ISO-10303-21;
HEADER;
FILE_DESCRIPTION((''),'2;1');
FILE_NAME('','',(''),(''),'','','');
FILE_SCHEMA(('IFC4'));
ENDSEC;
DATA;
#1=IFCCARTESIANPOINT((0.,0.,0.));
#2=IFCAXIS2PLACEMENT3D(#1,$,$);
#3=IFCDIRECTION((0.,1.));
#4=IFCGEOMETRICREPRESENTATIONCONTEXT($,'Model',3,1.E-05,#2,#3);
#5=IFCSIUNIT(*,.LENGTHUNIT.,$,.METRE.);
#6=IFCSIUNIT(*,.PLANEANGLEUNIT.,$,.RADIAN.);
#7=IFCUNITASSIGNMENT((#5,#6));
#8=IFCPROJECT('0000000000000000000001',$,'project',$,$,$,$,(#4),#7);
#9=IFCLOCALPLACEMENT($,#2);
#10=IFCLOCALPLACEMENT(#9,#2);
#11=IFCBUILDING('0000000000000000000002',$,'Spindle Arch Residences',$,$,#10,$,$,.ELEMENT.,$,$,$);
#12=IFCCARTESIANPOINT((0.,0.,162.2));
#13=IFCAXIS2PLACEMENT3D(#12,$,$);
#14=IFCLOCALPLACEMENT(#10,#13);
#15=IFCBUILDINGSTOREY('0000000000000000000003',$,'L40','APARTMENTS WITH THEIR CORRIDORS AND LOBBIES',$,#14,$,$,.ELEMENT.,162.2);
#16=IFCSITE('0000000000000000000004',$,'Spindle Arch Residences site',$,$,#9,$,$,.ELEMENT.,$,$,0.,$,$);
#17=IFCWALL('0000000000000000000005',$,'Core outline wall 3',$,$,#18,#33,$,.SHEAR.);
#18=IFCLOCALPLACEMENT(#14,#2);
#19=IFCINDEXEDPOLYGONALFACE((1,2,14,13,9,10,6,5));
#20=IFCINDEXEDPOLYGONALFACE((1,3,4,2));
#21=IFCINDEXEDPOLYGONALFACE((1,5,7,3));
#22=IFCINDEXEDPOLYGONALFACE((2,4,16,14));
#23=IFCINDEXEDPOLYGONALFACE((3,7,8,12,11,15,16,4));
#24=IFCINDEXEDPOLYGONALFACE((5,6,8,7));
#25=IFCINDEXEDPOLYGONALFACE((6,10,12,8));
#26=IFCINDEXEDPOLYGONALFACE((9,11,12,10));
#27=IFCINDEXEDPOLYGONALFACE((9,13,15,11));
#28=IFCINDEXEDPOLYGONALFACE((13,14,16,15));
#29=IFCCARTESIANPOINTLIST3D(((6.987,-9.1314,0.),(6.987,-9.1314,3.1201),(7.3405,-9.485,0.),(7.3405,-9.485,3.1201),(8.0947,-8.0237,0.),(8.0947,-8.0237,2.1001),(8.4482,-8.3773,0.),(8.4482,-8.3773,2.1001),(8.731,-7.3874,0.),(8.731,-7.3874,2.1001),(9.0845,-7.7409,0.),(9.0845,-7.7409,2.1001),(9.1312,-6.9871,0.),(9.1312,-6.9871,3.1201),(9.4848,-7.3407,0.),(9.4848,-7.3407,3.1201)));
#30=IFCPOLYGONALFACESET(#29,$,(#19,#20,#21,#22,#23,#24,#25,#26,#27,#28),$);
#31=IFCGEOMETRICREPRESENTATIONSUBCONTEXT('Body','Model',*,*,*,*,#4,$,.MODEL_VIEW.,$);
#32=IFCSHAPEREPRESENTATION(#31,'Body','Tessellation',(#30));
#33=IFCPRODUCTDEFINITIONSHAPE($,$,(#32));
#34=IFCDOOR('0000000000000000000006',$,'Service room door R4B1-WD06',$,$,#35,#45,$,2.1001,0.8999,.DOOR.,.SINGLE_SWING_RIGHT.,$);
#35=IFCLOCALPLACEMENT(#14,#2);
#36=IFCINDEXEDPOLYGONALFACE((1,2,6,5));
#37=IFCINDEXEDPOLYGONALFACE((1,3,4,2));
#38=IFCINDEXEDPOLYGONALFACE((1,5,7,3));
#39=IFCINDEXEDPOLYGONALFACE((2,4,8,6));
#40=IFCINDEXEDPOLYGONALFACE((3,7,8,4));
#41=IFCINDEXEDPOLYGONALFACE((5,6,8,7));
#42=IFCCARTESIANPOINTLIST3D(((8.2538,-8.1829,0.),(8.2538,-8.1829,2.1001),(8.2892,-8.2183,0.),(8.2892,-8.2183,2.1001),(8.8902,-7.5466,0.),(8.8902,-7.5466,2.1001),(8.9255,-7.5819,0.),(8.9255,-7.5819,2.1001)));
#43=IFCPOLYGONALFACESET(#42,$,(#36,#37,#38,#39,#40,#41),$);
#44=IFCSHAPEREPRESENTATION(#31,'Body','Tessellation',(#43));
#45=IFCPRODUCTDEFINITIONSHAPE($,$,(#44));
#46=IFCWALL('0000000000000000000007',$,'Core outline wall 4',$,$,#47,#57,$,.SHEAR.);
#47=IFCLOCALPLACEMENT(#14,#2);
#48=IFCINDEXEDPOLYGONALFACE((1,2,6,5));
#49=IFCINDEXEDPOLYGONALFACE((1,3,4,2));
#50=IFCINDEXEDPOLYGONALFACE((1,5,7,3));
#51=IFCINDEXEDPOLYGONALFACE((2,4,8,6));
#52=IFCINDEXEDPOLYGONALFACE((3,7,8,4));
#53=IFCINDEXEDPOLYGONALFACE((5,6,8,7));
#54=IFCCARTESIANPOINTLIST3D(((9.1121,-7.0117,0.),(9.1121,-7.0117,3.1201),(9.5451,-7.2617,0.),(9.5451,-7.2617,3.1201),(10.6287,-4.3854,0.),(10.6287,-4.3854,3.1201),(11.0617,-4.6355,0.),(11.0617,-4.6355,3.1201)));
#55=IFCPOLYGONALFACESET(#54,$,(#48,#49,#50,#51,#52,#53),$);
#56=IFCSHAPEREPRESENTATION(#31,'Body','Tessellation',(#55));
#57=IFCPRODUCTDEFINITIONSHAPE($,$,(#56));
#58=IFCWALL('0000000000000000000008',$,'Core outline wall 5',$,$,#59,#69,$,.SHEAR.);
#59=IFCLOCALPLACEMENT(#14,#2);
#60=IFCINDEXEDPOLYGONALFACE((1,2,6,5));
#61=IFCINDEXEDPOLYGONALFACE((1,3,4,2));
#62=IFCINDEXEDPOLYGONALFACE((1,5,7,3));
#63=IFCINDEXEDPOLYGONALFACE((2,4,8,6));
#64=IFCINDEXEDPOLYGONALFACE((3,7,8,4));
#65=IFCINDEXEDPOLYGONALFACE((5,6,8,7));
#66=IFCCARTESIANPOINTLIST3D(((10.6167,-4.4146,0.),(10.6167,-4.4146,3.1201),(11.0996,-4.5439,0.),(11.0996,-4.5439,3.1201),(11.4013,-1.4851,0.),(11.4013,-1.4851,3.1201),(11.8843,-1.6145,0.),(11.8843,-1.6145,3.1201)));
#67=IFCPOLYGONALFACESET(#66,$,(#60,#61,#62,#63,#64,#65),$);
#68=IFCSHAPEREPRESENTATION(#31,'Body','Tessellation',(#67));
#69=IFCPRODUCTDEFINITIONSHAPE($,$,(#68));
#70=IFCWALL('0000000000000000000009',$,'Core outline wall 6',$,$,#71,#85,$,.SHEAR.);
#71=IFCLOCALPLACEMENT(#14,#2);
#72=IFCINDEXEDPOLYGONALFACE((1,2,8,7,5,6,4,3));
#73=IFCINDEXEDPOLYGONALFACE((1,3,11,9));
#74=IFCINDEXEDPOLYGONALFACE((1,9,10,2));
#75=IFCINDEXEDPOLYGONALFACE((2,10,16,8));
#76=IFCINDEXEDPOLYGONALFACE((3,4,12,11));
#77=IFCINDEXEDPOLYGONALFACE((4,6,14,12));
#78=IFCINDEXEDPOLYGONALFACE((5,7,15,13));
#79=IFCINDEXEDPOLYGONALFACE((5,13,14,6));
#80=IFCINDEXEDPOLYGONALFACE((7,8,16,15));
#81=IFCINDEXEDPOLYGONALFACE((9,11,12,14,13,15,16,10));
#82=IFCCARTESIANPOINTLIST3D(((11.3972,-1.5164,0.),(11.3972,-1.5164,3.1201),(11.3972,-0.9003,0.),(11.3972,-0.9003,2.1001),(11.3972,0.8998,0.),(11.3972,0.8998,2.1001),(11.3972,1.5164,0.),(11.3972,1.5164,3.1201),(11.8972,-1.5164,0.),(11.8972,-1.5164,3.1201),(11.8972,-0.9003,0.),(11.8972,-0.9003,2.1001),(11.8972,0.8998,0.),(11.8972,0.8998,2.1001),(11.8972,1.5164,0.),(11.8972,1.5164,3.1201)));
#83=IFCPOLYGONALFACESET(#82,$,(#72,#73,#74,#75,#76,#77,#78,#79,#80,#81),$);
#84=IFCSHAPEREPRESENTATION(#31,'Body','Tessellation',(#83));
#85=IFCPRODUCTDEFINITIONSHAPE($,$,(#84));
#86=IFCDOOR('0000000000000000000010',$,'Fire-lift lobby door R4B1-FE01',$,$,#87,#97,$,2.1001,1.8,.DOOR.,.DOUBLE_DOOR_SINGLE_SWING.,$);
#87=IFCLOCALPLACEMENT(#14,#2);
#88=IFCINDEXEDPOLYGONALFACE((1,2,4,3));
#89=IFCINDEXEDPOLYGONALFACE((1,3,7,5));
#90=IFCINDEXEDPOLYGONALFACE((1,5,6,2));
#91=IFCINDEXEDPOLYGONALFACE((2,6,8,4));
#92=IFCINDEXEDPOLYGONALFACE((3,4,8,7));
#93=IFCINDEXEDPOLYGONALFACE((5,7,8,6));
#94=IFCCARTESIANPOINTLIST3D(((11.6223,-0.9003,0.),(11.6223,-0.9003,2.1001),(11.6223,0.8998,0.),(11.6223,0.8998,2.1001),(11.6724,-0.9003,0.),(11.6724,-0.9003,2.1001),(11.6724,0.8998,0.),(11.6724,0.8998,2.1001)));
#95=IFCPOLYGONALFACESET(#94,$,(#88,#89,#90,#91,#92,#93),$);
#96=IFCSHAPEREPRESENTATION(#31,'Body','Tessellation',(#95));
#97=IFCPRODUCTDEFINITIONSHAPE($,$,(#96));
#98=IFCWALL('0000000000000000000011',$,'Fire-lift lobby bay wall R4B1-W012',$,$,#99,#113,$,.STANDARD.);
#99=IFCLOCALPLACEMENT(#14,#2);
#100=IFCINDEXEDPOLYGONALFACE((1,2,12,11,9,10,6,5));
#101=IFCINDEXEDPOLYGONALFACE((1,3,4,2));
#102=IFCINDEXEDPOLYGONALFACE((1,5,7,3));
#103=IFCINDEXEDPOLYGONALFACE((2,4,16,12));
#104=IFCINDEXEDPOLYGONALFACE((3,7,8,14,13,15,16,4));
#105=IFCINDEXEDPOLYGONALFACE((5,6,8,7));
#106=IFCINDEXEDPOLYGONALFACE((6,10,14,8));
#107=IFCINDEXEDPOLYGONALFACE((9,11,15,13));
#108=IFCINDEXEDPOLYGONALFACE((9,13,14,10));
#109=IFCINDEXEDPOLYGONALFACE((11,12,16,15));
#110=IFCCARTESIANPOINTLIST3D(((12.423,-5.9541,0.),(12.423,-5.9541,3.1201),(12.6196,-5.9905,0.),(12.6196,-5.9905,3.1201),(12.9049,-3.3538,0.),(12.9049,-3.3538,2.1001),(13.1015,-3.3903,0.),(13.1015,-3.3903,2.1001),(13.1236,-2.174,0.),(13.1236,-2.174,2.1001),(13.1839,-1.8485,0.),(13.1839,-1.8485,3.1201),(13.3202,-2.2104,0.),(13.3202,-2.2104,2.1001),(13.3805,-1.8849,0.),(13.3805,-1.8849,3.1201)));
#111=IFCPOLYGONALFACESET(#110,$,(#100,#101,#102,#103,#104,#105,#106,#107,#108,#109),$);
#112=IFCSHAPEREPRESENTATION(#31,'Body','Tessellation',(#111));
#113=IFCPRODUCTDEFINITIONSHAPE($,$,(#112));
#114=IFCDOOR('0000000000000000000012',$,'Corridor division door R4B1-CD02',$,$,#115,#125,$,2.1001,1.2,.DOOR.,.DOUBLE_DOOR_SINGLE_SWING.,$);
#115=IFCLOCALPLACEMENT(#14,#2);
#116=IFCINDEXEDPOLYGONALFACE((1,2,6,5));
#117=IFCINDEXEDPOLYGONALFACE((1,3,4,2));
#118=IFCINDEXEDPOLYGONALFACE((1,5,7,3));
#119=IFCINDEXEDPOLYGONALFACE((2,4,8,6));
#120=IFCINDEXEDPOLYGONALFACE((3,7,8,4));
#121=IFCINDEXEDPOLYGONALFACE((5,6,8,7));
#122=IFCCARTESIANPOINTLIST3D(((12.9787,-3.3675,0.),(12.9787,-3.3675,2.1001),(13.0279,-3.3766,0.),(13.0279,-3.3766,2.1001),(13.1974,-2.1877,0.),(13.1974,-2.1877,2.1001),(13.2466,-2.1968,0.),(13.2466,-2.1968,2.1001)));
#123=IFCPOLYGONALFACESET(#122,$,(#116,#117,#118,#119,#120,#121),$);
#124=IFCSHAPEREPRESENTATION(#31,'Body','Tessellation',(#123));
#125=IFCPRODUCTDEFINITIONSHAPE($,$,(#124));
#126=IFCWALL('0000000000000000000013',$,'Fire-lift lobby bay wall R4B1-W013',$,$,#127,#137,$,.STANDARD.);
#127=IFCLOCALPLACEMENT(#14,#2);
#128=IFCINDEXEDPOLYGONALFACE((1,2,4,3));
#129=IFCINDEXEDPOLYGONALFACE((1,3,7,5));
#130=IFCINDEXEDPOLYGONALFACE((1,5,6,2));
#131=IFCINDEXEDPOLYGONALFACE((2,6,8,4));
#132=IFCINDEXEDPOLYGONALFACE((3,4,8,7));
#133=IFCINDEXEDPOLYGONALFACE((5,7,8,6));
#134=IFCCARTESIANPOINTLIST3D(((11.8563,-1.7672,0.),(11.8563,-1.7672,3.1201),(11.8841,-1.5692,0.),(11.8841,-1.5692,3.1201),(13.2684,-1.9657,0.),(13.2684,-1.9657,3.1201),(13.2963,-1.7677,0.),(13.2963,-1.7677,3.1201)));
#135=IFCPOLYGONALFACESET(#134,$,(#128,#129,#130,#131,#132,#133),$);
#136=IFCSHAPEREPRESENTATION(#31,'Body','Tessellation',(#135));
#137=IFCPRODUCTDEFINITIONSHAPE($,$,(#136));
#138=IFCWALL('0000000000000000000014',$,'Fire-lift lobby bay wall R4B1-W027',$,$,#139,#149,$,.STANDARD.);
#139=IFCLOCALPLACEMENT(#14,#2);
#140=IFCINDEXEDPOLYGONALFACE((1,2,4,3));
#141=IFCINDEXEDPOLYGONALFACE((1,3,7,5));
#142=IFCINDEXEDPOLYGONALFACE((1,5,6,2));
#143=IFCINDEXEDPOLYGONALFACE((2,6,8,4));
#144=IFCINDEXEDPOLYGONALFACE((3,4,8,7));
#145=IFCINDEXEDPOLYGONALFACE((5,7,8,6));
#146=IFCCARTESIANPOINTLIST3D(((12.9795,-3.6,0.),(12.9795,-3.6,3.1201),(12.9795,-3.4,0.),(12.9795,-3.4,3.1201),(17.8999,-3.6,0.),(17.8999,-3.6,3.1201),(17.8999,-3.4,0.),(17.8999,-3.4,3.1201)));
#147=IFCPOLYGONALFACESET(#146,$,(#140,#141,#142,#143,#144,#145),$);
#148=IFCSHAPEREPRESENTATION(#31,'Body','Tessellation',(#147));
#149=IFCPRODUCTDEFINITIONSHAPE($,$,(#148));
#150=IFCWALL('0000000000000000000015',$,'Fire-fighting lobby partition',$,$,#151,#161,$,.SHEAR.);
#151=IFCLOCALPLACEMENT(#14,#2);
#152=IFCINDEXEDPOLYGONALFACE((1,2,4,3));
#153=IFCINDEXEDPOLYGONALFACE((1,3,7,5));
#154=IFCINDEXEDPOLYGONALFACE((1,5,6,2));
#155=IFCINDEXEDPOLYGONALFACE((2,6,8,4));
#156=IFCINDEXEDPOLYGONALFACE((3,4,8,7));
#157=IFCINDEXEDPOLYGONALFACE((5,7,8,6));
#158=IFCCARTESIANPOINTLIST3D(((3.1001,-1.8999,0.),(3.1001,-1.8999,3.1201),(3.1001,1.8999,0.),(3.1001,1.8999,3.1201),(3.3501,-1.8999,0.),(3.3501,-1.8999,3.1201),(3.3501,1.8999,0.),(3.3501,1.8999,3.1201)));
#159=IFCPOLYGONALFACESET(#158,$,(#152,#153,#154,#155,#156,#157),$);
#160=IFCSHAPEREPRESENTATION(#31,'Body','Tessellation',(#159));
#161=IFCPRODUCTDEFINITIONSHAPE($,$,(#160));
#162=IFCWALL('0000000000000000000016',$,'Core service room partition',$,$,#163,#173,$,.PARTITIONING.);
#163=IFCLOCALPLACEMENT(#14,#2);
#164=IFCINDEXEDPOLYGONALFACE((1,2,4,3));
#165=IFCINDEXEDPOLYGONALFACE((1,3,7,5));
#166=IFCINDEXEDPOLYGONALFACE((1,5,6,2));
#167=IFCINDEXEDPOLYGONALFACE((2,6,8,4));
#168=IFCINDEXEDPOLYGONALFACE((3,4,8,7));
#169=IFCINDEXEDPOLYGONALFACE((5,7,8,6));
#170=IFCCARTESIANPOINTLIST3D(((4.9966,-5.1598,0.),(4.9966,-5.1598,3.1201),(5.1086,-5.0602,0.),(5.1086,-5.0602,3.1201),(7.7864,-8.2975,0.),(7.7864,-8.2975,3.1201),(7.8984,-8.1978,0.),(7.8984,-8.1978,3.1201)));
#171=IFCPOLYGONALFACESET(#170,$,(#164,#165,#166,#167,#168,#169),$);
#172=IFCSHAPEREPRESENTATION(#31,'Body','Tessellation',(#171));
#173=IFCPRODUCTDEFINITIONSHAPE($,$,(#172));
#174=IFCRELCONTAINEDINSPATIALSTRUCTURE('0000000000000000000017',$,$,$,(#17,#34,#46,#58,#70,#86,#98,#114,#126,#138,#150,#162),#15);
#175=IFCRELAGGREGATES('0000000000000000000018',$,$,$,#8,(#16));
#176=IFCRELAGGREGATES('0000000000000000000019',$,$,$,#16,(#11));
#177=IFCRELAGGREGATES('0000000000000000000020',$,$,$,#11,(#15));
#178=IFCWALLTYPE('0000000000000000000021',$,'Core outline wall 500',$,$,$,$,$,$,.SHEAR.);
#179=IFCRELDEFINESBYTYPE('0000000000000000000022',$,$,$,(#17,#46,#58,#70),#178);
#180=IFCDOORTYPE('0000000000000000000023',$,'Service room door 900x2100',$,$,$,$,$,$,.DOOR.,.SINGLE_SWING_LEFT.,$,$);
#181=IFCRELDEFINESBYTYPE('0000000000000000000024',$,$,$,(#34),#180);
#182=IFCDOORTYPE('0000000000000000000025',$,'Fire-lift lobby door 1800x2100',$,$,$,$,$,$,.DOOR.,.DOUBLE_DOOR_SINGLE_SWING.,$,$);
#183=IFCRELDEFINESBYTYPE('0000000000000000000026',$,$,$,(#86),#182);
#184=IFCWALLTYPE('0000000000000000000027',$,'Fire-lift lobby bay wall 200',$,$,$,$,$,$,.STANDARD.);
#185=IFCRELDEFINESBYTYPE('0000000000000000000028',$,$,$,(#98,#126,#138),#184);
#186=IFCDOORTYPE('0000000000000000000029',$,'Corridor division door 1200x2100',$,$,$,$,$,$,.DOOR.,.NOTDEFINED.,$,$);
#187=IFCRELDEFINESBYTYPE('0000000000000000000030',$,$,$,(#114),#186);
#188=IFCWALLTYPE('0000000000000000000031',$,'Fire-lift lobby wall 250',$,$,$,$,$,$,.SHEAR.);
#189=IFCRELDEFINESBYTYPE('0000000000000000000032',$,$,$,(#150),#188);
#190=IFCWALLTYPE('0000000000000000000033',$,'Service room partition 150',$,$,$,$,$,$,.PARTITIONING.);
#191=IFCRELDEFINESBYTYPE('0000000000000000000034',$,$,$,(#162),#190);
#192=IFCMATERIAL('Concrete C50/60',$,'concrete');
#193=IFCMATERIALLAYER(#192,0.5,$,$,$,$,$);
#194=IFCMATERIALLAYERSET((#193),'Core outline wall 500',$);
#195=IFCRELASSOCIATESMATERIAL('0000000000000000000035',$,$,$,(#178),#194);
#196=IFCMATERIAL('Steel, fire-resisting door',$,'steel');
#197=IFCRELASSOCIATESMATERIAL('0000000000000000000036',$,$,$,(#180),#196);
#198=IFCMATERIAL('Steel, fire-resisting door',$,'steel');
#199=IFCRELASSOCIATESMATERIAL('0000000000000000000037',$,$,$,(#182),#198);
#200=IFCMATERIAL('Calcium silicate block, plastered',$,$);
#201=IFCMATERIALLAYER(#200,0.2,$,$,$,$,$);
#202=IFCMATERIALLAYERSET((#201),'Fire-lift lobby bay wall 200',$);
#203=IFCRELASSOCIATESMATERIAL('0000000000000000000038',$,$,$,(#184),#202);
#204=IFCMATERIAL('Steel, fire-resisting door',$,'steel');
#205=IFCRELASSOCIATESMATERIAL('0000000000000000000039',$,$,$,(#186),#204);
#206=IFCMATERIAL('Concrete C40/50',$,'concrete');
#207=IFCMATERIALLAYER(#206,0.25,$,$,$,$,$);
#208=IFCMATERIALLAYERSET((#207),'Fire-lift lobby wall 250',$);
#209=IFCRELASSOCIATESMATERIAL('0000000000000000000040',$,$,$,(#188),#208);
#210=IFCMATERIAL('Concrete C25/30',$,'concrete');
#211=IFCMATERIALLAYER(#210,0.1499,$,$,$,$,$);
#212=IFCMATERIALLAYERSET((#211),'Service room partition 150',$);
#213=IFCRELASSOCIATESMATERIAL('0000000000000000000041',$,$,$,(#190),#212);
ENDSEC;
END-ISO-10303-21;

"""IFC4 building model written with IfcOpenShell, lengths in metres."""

from ifc_helpers import new_model, si_unit, direction, frame, frame_2d, origin, place, context, subcontext, project, spatial, rectangle, extrude, material, layer, layer_set, type_object, element, fill, save


model = new_model("IFC4")

# Units and contexts
model_context = context("Model", 3, precision=1e-05, world=origin(), true_north=direction((0.0, 1.0)))
body_context = subcontext(model_context, "Body", "Model", "MODEL_VIEW")
ifc_project = project(units=[si_unit("LENGTHUNIT", "METRE"), si_unit("PLANEANGLEUNIT", "RADIAN")], contexts=[model_context])

# Site, building, storey
site_placement = place(None, origin())
site = spatial("IfcSite", under=ifc_project, at=site_placement, Name="Spindle Arch Residences site", CompositionType="ELEMENT", RefElevation=0.0)
building_placement = place(site_placement, origin())
building = spatial("IfcBuilding", under=site, at=building_placement, Name="Spindle Arch Residences", CompositionType="ELEMENT")
storey_placement = place(building_placement, frame((0.0, 0.0, 162.2)))
storey = spatial("IfcBuildingStorey", under=building, at=storey_placement, Name="L40", Description="APARTMENTS WITH THEIR CORRIDORS AND LOBBIES", CompositionType="ELEMENT", Elevation=162.2)

# Wall, opening, door
ifc_material_1 = material(Name="Concrete C50/60", Category="concrete")
ifc_layer_1 = layer(ifc_material_1, 0.5)
ifc_layer_set_1 = layer_set([ifc_layer_1], Name="Core outline wall 500")
wall_type_1 = type_object("IfcWallType", Name="Core outline wall 500", PredefinedType="SHEAR", material=ifc_layer_set_1)
wall_1_placement = place(storey_placement, frame((7.1638, -9.3081, 0.0), z_axis=(0.0, 0.0, 1.0), x_axis=(0.707107, 0.707107, 0.0)))
wall_1 = element("IfcWall", 1, at=wall_1_placement, inside=storey, type_object=wall_type_1, Name="Core outline wall 3", PredefinedType="SHEAR", context=body_context, shape_type="SweptSolid", body=[
    extrude(rectangle(XDim=3.0325, YDim=0.5, at=frame_2d((1.5161, 0.0))), origin(), (0.0, 0.0, 1.0), 3.1201),
])
opening_1_placement = place(wall_1_placement, frame((1.5664, 0.0, 0.0)))
opening_1 = element("IfcOpeningElement", 2, at=opening_1_placement, cuts=wall_1, PredefinedType="OPENING", context=body_context, shape_type="SweptSolid", body=[
    extrude(rectangle(XDim=0.8999, YDim=2.1001, at=frame_2d((0.45, 1.05))), frame((0.0, 0.26, 0.0), z_axis=(0.0, -1.0, 0.0), x_axis=(1.0, 0.0, 0.0)), (0.0, 0.0, 1.0), 0.52),
])
ifc_material_2 = material(Name="Steel, fire-resisting door", Category="steel")
door_type_1 = type_object("IfcDoorType", Name="Service room door 900x2100", OperationType="SINGLE_SWING_LEFT", PredefinedType="DOOR", material=ifc_material_2)
door_1_placement = place(opening_1_placement, origin())
door_1 = element("IfcDoor", 3, at=door_1_placement, inside=storey, type_object=door_type_1, Name="Service room door R4B1-WD06", OperationType="SINGLE_SWING_RIGHT", OverallHeight=2.1001, OverallWidth=0.8999, PredefinedType="DOOR", context=body_context, shape_type="SweptSolid", body=[
    extrude(rectangle(XDim=0.8999, YDim=2.1001, at=frame_2d((0.45, 1.05))), frame((0.0, 0.0249, 0.0), z_axis=(0.0, -1.0, 0.0), x_axis=(1.0, 0.0, 0.0)), (0.0, 0.0, 1.0), 0.05),
])
fill(opening_1, door_1)

# Walls
for number, where, z_axis, x_axis, name in (
    (4, (9.3286, -7.1367, 0.0), (0.0, 0.0, 1.0), (0.500087, 0.865975, 0.0), "Core outline wall 4"),
    (5, (10.8582, -4.4792, 0.0), (0.0, 0.0, 1.0), (0.258735, 0.965948, 0.0), "Core outline wall 5"),
):
    element("IfcWall", number, at=place(storey_placement, frame(where, z_axis=z_axis, x_axis=x_axis)), inside=storey, type_object=wall_type_1, Name=name, PredefinedType="SHEAR", context=body_context, shape_type="SweptSolid", body=[
        extrude(rectangle(XDim=3.0327, YDim=0.5, at=frame_2d((1.5164, 0.0))), origin(), (0.0, 0.0, 1.0), 3.1201),
    ])

# Walls, openings, doors
wall_2_placement = place(storey_placement, frame((11.6472, -1.5164, 0.0), z_axis=(0.0, 0.0, 1.0), x_axis=(0.0, 1.0, 0.0)))
wall_2 = element("IfcWall", 6, at=wall_2_placement, inside=storey, type_object=wall_type_1, Name="Core outline wall 6", PredefinedType="SHEAR", context=body_context, shape_type="SweptSolid", body=[
    extrude(rectangle(XDim=3.0327, YDim=0.5, at=frame_2d((1.5164, 0.0))), origin(), (0.0, 0.0, 1.0), 3.1201),
])
opening_2_placement = place(wall_2_placement, frame((0.6162, 0.0, 0.0)))
opening_2 = element("IfcOpeningElement", 7, at=opening_2_placement, cuts=wall_2, PredefinedType="OPENING", context=body_context, shape_type="SweptSolid", body=[
    extrude(rectangle(XDim=1.8, YDim=2.1001, at=frame_2d((0.8999, 1.05))), frame((0.0, 0.26, 0.0), z_axis=(0.0, -1.0, 0.0), x_axis=(1.0, 0.0, 0.0)), (0.0, 0.0, 1.0), 0.52),
])
ifc_material_3 = material(Name="Steel, fire-resisting door", Category="steel")
door_type_2 = type_object("IfcDoorType", Name="Fire-lift lobby door 1800x2100", OperationType="DOUBLE_DOOR_SINGLE_SWING", PredefinedType="DOOR", material=ifc_material_3)
door_2_placement = place(opening_2_placement, origin())
door_2 = element("IfcDoor", 8, at=door_2_placement, inside=storey, type_object=door_type_2, Name="Fire-lift lobby door R4B1-FE01", OperationType="DOUBLE_DOOR_SINGLE_SWING", OverallHeight=2.1001, OverallWidth=1.8, PredefinedType="DOOR", context=body_context, shape_type="SweptSolid", body=[
    extrude(rectangle(XDim=1.8, YDim=2.1001, at=frame_2d((0.8999, 1.05))), frame((0.0, 0.0249, 0.0), z_axis=(0.0, -1.0, 0.0), x_axis=(1.0, 0.0, 0.0)), (0.0, 0.0, 1.0), 0.05),
])
fill(opening_2, door_2)
ifc_material_4 = material(Name="Calcium silicate block, plastered")
ifc_layer_2 = layer(ifc_material_4, 0.2)
ifc_layer_set_2 = layer_set([ifc_layer_2], Name="Fire-lift lobby bay wall 200")
wall_type_2 = type_object("IfcWallType", Name="Fire-lift lobby bay wall 200", PredefinedType="STANDARD", material=ifc_layer_set_2)
wall_3_placement = place(storey_placement, frame((12.5212, -5.9724, 0.0), z_axis=(0.0, 0.0, 1.0), x_axis=(0.182244, 0.983253, 0.0)))
wall_3 = element("IfcWall", 9, at=wall_3_placement, inside=storey, type_object=wall_type_2, Name="Fire-lift lobby bay wall R4B1-W012", PredefinedType="STANDARD", context=body_context, shape_type="SweptSolid", body=[
    extrude(rectangle(XDim=4.1755, YDim=0.2, at=frame_2d((2.0879, 0.0))), origin(), (0.0, 0.0, 1.0), 3.1201),
])
opening_3_placement = place(wall_3_placement, frame((2.6445, 0.0, 0.0)))
opening_3 = element("IfcOpeningElement", 10, at=opening_3_placement, cuts=wall_3, PredefinedType="OPENING", context=body_context, shape_type="SweptSolid", body=[
    extrude(rectangle(XDim=1.2, YDim=2.1001, at=frame_2d((0.6001, 1.05))), frame((0.0, 0.1099, 0.0), z_axis=(0.0, -1.0, 0.0), x_axis=(1.0, 0.0, 0.0)), (0.0, 0.0, 1.0), 0.22),
])
ifc_material_5 = material(Name="Steel, fire-resisting door", Category="steel")
door_type_3 = type_object("IfcDoorType", Name="Corridor division door 1200x2100", OperationType="NOTDEFINED", PredefinedType="DOOR", material=ifc_material_5)
door_3_placement = place(opening_3_placement, origin())
door_3 = element("IfcDoor", 11, at=door_3_placement, inside=storey, type_object=door_type_3, Name="Corridor division door R4B1-CD02", OperationType="DOUBLE_DOOR_SINGLE_SWING", OverallHeight=2.1001, OverallWidth=1.2, PredefinedType="DOOR", context=body_context, shape_type="SweptSolid", body=[
    extrude(rectangle(XDim=1.2, YDim=2.1001, at=frame_2d((0.6001, 1.05))), frame((0.0, 0.0249, 0.0), z_axis=(0.0, -1.0, 0.0), x_axis=(1.0, 0.0, 0.0)), (0.0, 0.0, 1.0), 0.05),
])
fill(opening_3, door_3)

# Walls
wall_4_placement = place(storey_placement, frame((13.2822, -1.8667, 0.0), z_axis=(0.0, 0.0, 1.0), x_axis=(-0.990265, 0.139192, 0.0)))
element("IfcWall", 12, at=wall_4_placement, inside=storey, type_object=wall_type_2, Name="Fire-lift lobby bay wall R4B1-W013", PredefinedType="STANDARD", context=body_context, shape_type="SweptSolid", body=[
    extrude(rectangle(XDim=1.426, YDim=0.2, at=frame_2d((0.7129, 0.0))), origin(), (0.0, 0.0, 1.0), 3.1201),
])
wall_5_placement = place(storey_placement, frame((12.9795, -3.5, 0.0), z_axis=(0.0, 0.0, 1.0), x_axis=(1.0, 0.0, 0.0)))
element("IfcWall", 13, at=wall_5_placement, inside=storey, type_object=wall_type_2, Name="Fire-lift lobby bay wall R4B1-W027", PredefinedType="STANDARD", context=body_context, shape_type="SweptSolid", body=[
    extrude(rectangle(XDim=4.9204, YDim=0.2, at=frame_2d((2.4602, 0.0))), origin(), (0.0, 0.0, 1.0), 3.1201),
])
ifc_material_6 = material(Name="Concrete C40/50", Category="concrete")
ifc_layer_3 = layer(ifc_material_6, 0.25)
ifc_layer_set_3 = layer_set([ifc_layer_3], Name="Fire-lift lobby wall 250")
wall_type_3 = type_object("IfcWallType", Name="Fire-lift lobby wall 250", PredefinedType="SHEAR", material=ifc_layer_set_3)
wall_6_placement = place(storey_placement, frame((3.2251, -1.8999, 0.0), z_axis=(0.0, 0.0, 1.0), x_axis=(0.0, 1.0, 0.0)))
element("IfcWall", 14, at=wall_6_placement, inside=storey, type_object=wall_type_3, Name="Fire-fighting lobby partition", PredefinedType="SHEAR", context=body_context, shape_type="SweptSolid", body=[
    extrude(rectangle(XDim=3.7998, YDim=0.25, at=frame_2d((1.8999, 0.0))), origin(), (0.0, 0.0, 1.0), 3.1201),
])

# Wall
ifc_material_7 = material(Name="Concrete C25/30", Category="concrete")
ifc_layer_4 = layer(ifc_material_7, 0.1499)
ifc_layer_set_4 = layer_set([ifc_layer_4], Name="Service room partition 150")
wall_type_4 = type_object("IfcWallType", Name="Service room partition 150", PredefinedType="PARTITIONING", material=ifc_layer_set_4)
wall_7_placement = place(storey_placement, frame((7.8423, -8.2476, 0.0), z_axis=(0.0, 0.0, 1.0), x_axis=(-0.664461, 0.747323, 0.0)))
element("IfcWall", 15, at=wall_7_placement, inside=storey, type_object=wall_type_4, Name="Core service room partition", PredefinedType="PARTITIONING", context=body_context, shape_type="SweptSolid", body=[
    extrude(rectangle(XDim=4.1985, YDim=0.1499, at=frame_2d((2.0991, 0.0))), origin(), (0.0, 0.0, 1.0), 3.1201),
])

save(model, "model.ifc")
